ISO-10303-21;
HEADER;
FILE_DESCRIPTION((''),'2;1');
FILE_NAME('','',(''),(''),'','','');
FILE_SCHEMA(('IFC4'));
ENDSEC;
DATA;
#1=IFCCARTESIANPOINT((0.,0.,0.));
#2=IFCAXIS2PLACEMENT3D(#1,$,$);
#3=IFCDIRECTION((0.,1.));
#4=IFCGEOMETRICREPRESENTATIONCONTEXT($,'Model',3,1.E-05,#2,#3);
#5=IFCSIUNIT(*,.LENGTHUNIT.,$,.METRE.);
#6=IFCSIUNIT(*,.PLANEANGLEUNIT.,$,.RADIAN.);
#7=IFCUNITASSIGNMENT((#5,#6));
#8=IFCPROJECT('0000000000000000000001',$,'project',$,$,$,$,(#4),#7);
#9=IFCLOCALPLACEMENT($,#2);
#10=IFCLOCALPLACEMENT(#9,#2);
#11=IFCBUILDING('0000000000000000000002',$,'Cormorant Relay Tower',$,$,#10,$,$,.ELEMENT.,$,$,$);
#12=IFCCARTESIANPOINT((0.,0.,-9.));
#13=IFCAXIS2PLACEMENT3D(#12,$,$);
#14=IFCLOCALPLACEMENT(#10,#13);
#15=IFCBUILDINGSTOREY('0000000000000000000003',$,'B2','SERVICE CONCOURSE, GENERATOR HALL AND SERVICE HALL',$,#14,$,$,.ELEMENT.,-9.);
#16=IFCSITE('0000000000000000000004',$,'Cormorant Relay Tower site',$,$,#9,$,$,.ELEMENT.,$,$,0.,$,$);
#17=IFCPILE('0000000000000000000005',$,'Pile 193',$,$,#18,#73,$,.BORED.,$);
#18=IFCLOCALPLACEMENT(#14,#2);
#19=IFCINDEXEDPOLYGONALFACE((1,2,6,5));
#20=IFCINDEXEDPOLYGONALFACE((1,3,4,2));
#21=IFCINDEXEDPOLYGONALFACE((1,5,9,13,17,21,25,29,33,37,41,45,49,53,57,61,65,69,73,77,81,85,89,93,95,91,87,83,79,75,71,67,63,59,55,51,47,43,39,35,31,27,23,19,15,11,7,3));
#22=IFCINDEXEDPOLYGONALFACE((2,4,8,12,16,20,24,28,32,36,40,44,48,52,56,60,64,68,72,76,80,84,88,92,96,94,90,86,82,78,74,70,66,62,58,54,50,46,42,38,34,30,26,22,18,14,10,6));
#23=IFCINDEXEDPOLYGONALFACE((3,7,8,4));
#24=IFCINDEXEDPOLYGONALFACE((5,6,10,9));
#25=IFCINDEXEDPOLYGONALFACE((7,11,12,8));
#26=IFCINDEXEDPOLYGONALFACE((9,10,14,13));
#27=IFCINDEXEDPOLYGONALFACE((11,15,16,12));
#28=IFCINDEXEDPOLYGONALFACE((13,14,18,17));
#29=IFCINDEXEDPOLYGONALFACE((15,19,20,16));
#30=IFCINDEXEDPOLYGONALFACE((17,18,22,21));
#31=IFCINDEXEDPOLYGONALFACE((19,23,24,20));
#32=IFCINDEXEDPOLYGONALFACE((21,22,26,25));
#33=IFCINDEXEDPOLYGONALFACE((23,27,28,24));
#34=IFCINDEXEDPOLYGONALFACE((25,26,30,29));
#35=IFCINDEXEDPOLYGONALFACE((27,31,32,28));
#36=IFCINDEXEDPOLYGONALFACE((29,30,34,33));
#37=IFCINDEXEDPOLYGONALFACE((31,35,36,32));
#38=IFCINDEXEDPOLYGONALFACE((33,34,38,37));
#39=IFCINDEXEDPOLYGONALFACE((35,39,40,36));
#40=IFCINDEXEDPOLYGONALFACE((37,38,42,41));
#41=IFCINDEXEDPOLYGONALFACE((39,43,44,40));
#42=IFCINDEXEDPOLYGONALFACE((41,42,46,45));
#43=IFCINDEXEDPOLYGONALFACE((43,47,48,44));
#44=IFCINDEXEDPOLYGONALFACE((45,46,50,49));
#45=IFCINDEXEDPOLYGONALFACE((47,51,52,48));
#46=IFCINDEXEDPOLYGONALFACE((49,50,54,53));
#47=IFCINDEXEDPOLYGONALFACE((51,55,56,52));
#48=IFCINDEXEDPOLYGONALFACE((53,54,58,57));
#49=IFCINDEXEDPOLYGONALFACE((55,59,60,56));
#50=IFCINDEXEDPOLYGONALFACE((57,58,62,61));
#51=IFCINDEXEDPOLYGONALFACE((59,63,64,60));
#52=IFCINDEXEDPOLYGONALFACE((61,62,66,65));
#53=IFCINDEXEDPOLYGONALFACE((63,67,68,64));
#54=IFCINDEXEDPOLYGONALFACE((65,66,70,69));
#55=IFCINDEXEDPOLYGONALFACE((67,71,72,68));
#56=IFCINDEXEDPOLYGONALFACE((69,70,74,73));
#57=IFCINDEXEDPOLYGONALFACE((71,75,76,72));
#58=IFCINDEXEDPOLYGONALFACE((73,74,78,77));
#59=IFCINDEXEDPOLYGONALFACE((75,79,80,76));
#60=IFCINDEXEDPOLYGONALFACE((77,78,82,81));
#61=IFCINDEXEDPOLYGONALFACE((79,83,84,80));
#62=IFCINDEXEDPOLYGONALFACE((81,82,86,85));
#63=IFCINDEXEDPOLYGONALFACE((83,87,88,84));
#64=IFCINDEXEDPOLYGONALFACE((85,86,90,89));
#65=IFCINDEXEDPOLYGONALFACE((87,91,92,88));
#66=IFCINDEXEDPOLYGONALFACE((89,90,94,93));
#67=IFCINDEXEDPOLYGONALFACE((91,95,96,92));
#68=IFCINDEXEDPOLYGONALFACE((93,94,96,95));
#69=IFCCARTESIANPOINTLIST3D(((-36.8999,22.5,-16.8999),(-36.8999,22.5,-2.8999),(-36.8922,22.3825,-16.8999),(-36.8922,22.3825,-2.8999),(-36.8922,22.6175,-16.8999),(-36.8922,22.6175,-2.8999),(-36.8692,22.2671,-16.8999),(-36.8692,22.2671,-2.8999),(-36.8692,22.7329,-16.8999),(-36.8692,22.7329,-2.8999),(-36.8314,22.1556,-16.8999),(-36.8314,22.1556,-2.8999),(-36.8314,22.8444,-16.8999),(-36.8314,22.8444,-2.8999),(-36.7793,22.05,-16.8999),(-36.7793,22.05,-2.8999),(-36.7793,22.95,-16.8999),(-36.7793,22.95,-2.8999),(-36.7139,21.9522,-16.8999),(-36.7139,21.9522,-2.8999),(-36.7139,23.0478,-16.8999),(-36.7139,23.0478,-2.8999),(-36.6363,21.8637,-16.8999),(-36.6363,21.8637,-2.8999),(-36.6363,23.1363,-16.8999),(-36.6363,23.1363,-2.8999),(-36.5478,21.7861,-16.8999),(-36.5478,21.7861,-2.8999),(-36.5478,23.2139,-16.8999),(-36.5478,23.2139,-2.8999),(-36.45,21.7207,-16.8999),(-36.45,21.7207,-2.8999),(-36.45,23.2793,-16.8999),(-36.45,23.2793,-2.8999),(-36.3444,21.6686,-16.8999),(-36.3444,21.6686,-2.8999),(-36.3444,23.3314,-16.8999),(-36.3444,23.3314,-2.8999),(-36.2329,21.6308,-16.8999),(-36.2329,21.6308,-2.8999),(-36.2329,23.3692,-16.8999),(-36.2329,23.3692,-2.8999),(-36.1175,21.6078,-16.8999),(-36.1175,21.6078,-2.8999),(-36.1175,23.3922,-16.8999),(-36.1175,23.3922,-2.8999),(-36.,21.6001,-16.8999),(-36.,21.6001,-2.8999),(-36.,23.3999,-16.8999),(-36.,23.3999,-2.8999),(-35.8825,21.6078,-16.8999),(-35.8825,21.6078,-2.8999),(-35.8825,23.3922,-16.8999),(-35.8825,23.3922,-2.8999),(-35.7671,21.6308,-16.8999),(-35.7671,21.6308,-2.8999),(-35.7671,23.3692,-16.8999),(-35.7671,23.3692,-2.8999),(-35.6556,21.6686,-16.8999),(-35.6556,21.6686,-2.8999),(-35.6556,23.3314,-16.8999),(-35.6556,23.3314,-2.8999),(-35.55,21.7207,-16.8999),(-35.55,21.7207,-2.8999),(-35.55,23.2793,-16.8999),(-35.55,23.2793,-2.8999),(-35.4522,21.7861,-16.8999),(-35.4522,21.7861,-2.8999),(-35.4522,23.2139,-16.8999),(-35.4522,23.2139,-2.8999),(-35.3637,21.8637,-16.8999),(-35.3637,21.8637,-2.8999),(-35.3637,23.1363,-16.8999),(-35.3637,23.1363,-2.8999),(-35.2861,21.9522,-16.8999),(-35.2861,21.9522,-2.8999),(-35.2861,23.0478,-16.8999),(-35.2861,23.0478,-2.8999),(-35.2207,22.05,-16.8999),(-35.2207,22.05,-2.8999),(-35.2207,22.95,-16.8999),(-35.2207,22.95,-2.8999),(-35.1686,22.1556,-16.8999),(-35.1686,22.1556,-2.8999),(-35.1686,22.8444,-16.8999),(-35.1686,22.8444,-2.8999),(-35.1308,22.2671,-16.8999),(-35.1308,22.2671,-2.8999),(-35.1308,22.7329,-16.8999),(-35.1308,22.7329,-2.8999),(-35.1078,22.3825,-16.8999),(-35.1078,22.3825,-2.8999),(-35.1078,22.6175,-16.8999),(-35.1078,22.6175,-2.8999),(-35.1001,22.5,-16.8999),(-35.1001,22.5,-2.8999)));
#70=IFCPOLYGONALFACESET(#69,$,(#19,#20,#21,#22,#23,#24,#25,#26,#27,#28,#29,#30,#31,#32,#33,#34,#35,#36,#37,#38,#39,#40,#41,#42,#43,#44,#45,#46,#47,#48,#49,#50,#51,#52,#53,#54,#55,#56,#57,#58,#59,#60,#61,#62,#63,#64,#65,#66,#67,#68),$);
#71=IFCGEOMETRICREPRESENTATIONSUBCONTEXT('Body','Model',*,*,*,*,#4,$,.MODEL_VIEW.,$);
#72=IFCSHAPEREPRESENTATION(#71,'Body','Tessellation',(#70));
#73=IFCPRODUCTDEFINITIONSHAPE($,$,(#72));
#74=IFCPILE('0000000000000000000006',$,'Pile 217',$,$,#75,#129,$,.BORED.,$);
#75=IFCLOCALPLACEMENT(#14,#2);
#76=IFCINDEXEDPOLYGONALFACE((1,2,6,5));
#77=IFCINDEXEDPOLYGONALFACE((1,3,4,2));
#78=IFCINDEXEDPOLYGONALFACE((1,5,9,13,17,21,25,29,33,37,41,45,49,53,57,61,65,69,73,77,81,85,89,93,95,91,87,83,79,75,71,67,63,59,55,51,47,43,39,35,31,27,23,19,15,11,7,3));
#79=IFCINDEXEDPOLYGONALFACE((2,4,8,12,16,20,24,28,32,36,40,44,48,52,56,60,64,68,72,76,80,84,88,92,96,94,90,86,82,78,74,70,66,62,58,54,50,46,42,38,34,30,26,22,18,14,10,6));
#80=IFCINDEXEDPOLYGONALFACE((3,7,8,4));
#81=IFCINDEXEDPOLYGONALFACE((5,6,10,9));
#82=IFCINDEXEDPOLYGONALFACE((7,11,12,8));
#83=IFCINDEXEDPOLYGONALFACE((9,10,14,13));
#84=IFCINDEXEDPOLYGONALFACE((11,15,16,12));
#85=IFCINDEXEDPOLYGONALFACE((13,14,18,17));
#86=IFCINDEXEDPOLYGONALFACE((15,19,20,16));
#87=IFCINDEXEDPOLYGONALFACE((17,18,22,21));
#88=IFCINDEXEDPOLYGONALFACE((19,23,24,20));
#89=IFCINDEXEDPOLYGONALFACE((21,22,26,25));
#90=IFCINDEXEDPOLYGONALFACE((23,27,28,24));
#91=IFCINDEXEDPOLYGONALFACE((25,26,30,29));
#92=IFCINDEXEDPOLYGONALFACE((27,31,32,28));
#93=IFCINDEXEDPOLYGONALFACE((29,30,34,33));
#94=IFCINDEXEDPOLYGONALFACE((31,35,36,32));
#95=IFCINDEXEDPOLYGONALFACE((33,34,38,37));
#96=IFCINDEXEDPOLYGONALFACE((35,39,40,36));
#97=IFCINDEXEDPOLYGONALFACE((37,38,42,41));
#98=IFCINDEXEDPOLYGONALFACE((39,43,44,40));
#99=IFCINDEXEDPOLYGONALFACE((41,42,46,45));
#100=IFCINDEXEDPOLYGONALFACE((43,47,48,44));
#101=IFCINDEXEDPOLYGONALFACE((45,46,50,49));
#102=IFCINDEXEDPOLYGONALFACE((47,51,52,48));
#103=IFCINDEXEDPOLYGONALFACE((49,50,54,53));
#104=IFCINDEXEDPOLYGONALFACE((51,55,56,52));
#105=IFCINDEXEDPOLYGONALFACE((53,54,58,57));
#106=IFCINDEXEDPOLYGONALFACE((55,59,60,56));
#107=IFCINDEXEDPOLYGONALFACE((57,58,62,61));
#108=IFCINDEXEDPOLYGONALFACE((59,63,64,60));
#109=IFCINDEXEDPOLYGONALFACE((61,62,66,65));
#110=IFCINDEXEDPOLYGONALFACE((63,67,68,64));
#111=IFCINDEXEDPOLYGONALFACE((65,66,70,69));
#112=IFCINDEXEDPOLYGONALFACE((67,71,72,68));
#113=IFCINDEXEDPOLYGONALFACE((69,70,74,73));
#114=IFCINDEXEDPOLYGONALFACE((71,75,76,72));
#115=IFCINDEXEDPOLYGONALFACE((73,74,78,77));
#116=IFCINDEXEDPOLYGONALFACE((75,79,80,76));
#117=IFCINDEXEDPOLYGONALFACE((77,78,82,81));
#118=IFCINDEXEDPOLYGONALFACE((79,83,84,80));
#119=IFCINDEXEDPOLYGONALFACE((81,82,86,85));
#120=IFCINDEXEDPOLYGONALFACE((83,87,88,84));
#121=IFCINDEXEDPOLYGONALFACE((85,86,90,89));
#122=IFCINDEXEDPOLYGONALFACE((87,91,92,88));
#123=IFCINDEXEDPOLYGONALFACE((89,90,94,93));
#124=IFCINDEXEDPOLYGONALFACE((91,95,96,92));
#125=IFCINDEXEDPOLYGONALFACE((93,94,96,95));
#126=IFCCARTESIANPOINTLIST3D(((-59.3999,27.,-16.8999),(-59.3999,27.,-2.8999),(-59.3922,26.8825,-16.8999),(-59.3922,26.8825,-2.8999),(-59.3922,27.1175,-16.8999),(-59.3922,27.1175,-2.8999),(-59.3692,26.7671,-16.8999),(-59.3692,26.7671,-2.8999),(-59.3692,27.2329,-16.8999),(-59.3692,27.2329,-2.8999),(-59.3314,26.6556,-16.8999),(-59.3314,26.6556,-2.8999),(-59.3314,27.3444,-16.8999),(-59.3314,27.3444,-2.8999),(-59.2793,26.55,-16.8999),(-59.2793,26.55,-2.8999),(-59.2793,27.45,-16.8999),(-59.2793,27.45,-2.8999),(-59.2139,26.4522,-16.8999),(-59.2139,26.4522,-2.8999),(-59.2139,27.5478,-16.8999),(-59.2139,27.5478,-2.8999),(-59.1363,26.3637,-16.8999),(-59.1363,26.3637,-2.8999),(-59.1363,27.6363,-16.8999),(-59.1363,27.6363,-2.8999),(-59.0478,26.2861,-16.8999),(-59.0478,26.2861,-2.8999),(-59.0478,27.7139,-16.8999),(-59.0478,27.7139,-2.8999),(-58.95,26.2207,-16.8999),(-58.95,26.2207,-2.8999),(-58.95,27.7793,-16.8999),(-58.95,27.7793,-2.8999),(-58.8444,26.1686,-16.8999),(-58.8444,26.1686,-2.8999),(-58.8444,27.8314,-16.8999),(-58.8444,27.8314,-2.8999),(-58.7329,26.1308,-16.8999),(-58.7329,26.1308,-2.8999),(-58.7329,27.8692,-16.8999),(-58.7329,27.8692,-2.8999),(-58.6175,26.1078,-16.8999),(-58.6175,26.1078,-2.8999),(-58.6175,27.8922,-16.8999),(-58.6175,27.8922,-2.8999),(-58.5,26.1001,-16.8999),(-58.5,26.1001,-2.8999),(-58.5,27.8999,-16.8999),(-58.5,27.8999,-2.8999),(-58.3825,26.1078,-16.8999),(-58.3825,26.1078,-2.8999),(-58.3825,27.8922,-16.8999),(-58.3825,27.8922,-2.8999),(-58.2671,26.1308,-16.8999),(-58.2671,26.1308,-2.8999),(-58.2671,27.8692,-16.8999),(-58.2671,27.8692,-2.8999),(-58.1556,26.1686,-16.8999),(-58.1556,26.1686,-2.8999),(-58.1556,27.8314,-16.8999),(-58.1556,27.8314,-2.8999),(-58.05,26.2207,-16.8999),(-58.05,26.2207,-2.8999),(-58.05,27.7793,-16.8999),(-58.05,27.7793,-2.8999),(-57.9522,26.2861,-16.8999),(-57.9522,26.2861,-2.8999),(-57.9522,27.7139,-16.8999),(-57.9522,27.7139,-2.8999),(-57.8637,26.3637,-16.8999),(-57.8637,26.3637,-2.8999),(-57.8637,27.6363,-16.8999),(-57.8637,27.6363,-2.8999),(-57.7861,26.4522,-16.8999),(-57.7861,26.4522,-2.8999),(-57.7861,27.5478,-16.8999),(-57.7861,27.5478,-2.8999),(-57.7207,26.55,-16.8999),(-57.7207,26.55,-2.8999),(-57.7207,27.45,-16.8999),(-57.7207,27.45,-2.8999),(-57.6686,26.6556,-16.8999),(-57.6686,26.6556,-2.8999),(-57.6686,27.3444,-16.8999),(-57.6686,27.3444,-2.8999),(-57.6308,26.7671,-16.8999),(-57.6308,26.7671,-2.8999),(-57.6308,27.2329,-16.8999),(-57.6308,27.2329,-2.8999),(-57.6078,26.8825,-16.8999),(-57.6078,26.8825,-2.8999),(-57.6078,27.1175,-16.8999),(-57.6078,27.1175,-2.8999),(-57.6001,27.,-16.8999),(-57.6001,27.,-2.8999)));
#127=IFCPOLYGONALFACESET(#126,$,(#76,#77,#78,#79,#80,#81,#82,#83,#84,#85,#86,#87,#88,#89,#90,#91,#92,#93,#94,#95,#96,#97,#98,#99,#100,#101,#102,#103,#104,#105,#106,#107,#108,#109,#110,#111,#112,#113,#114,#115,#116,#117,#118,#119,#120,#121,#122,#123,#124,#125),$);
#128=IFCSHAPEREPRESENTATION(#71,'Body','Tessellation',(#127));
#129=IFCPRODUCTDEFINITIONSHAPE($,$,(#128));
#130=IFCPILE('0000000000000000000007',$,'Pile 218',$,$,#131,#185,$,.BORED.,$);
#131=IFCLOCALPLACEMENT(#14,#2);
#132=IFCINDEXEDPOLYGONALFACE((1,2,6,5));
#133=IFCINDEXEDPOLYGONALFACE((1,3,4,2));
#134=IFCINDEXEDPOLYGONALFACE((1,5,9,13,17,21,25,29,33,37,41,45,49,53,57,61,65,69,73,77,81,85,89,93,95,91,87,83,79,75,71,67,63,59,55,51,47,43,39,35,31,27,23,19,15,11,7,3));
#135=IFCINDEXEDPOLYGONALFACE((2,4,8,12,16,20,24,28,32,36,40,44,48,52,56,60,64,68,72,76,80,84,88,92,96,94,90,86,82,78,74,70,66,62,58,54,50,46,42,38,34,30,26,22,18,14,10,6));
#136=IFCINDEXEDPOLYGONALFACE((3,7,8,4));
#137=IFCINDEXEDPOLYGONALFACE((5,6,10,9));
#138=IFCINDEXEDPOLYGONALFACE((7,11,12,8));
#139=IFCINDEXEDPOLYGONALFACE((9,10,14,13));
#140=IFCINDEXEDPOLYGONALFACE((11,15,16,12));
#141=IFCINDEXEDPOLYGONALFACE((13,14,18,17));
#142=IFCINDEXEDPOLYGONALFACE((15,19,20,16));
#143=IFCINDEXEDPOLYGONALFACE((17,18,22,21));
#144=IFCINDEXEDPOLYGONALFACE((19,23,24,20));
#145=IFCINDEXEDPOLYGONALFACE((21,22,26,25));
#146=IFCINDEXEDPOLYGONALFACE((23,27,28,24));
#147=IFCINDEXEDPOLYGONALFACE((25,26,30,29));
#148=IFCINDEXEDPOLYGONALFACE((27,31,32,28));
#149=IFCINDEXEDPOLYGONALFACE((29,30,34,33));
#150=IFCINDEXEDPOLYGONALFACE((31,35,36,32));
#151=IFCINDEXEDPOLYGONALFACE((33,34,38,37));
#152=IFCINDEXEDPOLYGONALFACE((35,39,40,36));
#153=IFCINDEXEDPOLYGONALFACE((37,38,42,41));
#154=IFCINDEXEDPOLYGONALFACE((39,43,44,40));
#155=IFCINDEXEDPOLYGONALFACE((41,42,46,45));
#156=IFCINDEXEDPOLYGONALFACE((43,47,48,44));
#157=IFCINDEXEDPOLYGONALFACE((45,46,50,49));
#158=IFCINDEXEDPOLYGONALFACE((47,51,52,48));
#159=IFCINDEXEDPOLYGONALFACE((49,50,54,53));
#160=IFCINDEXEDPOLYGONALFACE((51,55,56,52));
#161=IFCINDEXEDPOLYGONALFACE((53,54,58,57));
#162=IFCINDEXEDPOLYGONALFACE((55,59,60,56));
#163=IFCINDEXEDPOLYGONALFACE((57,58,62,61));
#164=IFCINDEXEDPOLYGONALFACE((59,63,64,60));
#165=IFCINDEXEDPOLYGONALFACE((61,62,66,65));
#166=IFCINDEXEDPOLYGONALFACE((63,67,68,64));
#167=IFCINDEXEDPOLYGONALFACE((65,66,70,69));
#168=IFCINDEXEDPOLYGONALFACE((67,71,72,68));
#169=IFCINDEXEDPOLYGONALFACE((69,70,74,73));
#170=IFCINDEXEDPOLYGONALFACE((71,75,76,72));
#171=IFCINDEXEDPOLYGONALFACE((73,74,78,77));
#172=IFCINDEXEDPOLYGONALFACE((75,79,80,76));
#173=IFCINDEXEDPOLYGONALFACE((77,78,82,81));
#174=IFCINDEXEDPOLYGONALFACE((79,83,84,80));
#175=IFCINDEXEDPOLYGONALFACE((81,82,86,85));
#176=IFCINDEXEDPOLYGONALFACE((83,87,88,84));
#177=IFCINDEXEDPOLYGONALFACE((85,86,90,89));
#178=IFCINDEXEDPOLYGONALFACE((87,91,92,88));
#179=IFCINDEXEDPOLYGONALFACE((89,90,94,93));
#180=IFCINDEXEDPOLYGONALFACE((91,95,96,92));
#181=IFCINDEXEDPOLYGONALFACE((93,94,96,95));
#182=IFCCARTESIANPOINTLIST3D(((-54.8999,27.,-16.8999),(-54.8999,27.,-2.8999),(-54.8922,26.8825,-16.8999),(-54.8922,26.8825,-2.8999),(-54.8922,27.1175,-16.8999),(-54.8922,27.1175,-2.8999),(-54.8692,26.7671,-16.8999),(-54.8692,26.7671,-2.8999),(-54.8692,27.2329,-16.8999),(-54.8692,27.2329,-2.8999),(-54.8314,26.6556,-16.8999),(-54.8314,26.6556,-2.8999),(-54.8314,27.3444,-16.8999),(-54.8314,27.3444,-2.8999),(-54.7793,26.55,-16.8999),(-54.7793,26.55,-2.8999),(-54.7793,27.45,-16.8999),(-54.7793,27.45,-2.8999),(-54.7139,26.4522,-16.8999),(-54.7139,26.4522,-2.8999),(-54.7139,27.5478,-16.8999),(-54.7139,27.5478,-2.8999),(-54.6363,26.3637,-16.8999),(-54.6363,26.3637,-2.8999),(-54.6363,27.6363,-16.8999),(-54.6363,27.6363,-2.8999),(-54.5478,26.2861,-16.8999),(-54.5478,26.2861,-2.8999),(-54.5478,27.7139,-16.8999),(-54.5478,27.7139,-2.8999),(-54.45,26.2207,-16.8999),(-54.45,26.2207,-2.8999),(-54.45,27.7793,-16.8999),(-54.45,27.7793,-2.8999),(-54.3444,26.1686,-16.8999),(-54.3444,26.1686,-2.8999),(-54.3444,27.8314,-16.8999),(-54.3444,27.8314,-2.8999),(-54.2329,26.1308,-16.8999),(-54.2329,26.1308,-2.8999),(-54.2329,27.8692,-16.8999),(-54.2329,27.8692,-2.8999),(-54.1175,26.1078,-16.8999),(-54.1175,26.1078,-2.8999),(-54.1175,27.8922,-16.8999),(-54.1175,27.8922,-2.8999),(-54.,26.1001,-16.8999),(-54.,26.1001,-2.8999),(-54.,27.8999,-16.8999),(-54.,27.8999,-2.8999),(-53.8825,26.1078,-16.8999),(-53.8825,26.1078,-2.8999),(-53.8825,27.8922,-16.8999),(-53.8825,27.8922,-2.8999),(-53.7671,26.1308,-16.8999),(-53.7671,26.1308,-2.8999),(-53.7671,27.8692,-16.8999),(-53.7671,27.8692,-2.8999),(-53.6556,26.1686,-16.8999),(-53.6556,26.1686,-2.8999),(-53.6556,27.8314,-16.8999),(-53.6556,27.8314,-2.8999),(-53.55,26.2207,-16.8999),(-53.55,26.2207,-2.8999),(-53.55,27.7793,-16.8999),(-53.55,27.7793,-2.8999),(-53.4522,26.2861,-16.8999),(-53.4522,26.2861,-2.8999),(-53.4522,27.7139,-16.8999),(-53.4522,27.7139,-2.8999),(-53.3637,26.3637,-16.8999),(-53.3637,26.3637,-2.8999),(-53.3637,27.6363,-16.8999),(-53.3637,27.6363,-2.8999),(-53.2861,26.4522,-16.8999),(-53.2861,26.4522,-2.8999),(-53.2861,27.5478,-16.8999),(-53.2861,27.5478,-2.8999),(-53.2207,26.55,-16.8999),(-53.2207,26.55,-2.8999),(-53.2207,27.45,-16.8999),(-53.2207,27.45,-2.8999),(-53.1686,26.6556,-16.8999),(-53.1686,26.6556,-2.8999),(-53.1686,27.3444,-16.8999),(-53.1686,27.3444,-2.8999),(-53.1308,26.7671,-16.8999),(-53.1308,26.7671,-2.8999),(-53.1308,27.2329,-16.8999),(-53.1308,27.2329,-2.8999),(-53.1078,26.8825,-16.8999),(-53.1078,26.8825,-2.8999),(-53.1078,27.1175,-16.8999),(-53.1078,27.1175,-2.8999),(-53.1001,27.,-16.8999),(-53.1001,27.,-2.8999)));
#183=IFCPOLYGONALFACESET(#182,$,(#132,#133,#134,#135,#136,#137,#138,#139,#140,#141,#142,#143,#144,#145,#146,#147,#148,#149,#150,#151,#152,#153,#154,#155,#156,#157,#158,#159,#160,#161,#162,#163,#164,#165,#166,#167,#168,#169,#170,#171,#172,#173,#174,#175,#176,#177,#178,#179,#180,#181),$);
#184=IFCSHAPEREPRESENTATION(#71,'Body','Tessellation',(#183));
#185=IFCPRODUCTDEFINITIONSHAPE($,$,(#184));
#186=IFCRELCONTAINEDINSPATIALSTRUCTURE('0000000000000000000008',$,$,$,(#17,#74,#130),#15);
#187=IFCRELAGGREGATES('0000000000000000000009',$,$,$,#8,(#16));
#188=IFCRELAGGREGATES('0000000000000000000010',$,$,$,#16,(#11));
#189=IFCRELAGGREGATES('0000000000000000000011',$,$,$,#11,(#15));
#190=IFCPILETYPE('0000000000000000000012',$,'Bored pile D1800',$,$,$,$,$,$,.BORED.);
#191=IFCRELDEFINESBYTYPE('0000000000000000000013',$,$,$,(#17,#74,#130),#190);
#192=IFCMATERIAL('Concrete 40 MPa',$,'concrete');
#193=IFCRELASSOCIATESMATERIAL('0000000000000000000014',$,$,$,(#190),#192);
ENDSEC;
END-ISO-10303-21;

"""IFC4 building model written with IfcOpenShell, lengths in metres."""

from ifc_helpers import new_model, si_unit, direction, frame, origin, origin_2d, place, context, subcontext, project, spatial, circle, extrude, material, material_profile, profile_set, type_object, element, save


model = new_model("IFC4")

# Units and contexts
model_context = context("Model", 3, precision=1e-05, world=origin(), true_north=direction((0.0, 1.0)))
body_context = subcontext(model_context, "Body", "Model", "MODEL_VIEW")
ifc_project = project(units=[si_unit("LENGTHUNIT", "METRE"), si_unit("PLANEANGLEUNIT", "RADIAN")], contexts=[model_context])

# Site, building, storey
site_placement = place(None, origin())
site = spatial("IfcSite", under=ifc_project, at=site_placement, Name="Cormorant Relay Tower site", CompositionType="ELEMENT", RefElevation=0.0)
building_placement = place(site_placement, origin())
building = spatial("IfcBuilding", under=site, at=building_placement, Name="Cormorant Relay Tower", CompositionType="ELEMENT")
storey_placement = place(building_placement, frame((0.0, 0.0, -9.0)))
storey = spatial("IfcBuildingStorey", under=building, at=storey_placement, Name="B2", Description="SERVICE CONCOURSE, GENERATOR HALL AND SERVICE HALL", CompositionType="ELEMENT", Elevation=-9.0)

# Piles
ifc_material_1 = material(Name="Concrete 40 MPa", Category="concrete")
ifc_material_profile_1 = material_profile(ifc_material_1, circle(Radius=0.8999, at=origin_2d()), Name="BP1800")
ifc_profile_set_1 = profile_set([ifc_material_profile_1], Name="Concrete 40 MPa")
pile_type = type_object("IfcPileType", Name="Bored pile D1800", PredefinedType="BORED", material=ifc_profile_set_1)
for number, where, z_axis, x_axis, name in (
    (1, (-36.0, 22.5, -2.8999), (0.0, 0.0, -1.0), (1.0, 0.0, 0.0), "Pile 193"),
    (2, (-58.5, 27.0, -2.8999), (0.0, 0.0, -1.0), (1.0, 0.0, 0.0), "Pile 217"),
    (3, (-54.0, 27.0, -2.8999), (0.0, 0.0, -1.0), (1.0, 0.0, 0.0), "Pile 218"),
):
    element("IfcPile", number, at=place(storey_placement, frame(where, z_axis=z_axis, x_axis=x_axis)), inside=storey, type_object=pile_type, Name=name, PredefinedType="BORED", context=body_context, shape_type="SweptSolid", body=[
        extrude(circle(Radius=0.8999, at=origin_2d()), origin(), (0.0, 0.0, 1.0), 14.0),
    ])

save(model, "model.ifc")
